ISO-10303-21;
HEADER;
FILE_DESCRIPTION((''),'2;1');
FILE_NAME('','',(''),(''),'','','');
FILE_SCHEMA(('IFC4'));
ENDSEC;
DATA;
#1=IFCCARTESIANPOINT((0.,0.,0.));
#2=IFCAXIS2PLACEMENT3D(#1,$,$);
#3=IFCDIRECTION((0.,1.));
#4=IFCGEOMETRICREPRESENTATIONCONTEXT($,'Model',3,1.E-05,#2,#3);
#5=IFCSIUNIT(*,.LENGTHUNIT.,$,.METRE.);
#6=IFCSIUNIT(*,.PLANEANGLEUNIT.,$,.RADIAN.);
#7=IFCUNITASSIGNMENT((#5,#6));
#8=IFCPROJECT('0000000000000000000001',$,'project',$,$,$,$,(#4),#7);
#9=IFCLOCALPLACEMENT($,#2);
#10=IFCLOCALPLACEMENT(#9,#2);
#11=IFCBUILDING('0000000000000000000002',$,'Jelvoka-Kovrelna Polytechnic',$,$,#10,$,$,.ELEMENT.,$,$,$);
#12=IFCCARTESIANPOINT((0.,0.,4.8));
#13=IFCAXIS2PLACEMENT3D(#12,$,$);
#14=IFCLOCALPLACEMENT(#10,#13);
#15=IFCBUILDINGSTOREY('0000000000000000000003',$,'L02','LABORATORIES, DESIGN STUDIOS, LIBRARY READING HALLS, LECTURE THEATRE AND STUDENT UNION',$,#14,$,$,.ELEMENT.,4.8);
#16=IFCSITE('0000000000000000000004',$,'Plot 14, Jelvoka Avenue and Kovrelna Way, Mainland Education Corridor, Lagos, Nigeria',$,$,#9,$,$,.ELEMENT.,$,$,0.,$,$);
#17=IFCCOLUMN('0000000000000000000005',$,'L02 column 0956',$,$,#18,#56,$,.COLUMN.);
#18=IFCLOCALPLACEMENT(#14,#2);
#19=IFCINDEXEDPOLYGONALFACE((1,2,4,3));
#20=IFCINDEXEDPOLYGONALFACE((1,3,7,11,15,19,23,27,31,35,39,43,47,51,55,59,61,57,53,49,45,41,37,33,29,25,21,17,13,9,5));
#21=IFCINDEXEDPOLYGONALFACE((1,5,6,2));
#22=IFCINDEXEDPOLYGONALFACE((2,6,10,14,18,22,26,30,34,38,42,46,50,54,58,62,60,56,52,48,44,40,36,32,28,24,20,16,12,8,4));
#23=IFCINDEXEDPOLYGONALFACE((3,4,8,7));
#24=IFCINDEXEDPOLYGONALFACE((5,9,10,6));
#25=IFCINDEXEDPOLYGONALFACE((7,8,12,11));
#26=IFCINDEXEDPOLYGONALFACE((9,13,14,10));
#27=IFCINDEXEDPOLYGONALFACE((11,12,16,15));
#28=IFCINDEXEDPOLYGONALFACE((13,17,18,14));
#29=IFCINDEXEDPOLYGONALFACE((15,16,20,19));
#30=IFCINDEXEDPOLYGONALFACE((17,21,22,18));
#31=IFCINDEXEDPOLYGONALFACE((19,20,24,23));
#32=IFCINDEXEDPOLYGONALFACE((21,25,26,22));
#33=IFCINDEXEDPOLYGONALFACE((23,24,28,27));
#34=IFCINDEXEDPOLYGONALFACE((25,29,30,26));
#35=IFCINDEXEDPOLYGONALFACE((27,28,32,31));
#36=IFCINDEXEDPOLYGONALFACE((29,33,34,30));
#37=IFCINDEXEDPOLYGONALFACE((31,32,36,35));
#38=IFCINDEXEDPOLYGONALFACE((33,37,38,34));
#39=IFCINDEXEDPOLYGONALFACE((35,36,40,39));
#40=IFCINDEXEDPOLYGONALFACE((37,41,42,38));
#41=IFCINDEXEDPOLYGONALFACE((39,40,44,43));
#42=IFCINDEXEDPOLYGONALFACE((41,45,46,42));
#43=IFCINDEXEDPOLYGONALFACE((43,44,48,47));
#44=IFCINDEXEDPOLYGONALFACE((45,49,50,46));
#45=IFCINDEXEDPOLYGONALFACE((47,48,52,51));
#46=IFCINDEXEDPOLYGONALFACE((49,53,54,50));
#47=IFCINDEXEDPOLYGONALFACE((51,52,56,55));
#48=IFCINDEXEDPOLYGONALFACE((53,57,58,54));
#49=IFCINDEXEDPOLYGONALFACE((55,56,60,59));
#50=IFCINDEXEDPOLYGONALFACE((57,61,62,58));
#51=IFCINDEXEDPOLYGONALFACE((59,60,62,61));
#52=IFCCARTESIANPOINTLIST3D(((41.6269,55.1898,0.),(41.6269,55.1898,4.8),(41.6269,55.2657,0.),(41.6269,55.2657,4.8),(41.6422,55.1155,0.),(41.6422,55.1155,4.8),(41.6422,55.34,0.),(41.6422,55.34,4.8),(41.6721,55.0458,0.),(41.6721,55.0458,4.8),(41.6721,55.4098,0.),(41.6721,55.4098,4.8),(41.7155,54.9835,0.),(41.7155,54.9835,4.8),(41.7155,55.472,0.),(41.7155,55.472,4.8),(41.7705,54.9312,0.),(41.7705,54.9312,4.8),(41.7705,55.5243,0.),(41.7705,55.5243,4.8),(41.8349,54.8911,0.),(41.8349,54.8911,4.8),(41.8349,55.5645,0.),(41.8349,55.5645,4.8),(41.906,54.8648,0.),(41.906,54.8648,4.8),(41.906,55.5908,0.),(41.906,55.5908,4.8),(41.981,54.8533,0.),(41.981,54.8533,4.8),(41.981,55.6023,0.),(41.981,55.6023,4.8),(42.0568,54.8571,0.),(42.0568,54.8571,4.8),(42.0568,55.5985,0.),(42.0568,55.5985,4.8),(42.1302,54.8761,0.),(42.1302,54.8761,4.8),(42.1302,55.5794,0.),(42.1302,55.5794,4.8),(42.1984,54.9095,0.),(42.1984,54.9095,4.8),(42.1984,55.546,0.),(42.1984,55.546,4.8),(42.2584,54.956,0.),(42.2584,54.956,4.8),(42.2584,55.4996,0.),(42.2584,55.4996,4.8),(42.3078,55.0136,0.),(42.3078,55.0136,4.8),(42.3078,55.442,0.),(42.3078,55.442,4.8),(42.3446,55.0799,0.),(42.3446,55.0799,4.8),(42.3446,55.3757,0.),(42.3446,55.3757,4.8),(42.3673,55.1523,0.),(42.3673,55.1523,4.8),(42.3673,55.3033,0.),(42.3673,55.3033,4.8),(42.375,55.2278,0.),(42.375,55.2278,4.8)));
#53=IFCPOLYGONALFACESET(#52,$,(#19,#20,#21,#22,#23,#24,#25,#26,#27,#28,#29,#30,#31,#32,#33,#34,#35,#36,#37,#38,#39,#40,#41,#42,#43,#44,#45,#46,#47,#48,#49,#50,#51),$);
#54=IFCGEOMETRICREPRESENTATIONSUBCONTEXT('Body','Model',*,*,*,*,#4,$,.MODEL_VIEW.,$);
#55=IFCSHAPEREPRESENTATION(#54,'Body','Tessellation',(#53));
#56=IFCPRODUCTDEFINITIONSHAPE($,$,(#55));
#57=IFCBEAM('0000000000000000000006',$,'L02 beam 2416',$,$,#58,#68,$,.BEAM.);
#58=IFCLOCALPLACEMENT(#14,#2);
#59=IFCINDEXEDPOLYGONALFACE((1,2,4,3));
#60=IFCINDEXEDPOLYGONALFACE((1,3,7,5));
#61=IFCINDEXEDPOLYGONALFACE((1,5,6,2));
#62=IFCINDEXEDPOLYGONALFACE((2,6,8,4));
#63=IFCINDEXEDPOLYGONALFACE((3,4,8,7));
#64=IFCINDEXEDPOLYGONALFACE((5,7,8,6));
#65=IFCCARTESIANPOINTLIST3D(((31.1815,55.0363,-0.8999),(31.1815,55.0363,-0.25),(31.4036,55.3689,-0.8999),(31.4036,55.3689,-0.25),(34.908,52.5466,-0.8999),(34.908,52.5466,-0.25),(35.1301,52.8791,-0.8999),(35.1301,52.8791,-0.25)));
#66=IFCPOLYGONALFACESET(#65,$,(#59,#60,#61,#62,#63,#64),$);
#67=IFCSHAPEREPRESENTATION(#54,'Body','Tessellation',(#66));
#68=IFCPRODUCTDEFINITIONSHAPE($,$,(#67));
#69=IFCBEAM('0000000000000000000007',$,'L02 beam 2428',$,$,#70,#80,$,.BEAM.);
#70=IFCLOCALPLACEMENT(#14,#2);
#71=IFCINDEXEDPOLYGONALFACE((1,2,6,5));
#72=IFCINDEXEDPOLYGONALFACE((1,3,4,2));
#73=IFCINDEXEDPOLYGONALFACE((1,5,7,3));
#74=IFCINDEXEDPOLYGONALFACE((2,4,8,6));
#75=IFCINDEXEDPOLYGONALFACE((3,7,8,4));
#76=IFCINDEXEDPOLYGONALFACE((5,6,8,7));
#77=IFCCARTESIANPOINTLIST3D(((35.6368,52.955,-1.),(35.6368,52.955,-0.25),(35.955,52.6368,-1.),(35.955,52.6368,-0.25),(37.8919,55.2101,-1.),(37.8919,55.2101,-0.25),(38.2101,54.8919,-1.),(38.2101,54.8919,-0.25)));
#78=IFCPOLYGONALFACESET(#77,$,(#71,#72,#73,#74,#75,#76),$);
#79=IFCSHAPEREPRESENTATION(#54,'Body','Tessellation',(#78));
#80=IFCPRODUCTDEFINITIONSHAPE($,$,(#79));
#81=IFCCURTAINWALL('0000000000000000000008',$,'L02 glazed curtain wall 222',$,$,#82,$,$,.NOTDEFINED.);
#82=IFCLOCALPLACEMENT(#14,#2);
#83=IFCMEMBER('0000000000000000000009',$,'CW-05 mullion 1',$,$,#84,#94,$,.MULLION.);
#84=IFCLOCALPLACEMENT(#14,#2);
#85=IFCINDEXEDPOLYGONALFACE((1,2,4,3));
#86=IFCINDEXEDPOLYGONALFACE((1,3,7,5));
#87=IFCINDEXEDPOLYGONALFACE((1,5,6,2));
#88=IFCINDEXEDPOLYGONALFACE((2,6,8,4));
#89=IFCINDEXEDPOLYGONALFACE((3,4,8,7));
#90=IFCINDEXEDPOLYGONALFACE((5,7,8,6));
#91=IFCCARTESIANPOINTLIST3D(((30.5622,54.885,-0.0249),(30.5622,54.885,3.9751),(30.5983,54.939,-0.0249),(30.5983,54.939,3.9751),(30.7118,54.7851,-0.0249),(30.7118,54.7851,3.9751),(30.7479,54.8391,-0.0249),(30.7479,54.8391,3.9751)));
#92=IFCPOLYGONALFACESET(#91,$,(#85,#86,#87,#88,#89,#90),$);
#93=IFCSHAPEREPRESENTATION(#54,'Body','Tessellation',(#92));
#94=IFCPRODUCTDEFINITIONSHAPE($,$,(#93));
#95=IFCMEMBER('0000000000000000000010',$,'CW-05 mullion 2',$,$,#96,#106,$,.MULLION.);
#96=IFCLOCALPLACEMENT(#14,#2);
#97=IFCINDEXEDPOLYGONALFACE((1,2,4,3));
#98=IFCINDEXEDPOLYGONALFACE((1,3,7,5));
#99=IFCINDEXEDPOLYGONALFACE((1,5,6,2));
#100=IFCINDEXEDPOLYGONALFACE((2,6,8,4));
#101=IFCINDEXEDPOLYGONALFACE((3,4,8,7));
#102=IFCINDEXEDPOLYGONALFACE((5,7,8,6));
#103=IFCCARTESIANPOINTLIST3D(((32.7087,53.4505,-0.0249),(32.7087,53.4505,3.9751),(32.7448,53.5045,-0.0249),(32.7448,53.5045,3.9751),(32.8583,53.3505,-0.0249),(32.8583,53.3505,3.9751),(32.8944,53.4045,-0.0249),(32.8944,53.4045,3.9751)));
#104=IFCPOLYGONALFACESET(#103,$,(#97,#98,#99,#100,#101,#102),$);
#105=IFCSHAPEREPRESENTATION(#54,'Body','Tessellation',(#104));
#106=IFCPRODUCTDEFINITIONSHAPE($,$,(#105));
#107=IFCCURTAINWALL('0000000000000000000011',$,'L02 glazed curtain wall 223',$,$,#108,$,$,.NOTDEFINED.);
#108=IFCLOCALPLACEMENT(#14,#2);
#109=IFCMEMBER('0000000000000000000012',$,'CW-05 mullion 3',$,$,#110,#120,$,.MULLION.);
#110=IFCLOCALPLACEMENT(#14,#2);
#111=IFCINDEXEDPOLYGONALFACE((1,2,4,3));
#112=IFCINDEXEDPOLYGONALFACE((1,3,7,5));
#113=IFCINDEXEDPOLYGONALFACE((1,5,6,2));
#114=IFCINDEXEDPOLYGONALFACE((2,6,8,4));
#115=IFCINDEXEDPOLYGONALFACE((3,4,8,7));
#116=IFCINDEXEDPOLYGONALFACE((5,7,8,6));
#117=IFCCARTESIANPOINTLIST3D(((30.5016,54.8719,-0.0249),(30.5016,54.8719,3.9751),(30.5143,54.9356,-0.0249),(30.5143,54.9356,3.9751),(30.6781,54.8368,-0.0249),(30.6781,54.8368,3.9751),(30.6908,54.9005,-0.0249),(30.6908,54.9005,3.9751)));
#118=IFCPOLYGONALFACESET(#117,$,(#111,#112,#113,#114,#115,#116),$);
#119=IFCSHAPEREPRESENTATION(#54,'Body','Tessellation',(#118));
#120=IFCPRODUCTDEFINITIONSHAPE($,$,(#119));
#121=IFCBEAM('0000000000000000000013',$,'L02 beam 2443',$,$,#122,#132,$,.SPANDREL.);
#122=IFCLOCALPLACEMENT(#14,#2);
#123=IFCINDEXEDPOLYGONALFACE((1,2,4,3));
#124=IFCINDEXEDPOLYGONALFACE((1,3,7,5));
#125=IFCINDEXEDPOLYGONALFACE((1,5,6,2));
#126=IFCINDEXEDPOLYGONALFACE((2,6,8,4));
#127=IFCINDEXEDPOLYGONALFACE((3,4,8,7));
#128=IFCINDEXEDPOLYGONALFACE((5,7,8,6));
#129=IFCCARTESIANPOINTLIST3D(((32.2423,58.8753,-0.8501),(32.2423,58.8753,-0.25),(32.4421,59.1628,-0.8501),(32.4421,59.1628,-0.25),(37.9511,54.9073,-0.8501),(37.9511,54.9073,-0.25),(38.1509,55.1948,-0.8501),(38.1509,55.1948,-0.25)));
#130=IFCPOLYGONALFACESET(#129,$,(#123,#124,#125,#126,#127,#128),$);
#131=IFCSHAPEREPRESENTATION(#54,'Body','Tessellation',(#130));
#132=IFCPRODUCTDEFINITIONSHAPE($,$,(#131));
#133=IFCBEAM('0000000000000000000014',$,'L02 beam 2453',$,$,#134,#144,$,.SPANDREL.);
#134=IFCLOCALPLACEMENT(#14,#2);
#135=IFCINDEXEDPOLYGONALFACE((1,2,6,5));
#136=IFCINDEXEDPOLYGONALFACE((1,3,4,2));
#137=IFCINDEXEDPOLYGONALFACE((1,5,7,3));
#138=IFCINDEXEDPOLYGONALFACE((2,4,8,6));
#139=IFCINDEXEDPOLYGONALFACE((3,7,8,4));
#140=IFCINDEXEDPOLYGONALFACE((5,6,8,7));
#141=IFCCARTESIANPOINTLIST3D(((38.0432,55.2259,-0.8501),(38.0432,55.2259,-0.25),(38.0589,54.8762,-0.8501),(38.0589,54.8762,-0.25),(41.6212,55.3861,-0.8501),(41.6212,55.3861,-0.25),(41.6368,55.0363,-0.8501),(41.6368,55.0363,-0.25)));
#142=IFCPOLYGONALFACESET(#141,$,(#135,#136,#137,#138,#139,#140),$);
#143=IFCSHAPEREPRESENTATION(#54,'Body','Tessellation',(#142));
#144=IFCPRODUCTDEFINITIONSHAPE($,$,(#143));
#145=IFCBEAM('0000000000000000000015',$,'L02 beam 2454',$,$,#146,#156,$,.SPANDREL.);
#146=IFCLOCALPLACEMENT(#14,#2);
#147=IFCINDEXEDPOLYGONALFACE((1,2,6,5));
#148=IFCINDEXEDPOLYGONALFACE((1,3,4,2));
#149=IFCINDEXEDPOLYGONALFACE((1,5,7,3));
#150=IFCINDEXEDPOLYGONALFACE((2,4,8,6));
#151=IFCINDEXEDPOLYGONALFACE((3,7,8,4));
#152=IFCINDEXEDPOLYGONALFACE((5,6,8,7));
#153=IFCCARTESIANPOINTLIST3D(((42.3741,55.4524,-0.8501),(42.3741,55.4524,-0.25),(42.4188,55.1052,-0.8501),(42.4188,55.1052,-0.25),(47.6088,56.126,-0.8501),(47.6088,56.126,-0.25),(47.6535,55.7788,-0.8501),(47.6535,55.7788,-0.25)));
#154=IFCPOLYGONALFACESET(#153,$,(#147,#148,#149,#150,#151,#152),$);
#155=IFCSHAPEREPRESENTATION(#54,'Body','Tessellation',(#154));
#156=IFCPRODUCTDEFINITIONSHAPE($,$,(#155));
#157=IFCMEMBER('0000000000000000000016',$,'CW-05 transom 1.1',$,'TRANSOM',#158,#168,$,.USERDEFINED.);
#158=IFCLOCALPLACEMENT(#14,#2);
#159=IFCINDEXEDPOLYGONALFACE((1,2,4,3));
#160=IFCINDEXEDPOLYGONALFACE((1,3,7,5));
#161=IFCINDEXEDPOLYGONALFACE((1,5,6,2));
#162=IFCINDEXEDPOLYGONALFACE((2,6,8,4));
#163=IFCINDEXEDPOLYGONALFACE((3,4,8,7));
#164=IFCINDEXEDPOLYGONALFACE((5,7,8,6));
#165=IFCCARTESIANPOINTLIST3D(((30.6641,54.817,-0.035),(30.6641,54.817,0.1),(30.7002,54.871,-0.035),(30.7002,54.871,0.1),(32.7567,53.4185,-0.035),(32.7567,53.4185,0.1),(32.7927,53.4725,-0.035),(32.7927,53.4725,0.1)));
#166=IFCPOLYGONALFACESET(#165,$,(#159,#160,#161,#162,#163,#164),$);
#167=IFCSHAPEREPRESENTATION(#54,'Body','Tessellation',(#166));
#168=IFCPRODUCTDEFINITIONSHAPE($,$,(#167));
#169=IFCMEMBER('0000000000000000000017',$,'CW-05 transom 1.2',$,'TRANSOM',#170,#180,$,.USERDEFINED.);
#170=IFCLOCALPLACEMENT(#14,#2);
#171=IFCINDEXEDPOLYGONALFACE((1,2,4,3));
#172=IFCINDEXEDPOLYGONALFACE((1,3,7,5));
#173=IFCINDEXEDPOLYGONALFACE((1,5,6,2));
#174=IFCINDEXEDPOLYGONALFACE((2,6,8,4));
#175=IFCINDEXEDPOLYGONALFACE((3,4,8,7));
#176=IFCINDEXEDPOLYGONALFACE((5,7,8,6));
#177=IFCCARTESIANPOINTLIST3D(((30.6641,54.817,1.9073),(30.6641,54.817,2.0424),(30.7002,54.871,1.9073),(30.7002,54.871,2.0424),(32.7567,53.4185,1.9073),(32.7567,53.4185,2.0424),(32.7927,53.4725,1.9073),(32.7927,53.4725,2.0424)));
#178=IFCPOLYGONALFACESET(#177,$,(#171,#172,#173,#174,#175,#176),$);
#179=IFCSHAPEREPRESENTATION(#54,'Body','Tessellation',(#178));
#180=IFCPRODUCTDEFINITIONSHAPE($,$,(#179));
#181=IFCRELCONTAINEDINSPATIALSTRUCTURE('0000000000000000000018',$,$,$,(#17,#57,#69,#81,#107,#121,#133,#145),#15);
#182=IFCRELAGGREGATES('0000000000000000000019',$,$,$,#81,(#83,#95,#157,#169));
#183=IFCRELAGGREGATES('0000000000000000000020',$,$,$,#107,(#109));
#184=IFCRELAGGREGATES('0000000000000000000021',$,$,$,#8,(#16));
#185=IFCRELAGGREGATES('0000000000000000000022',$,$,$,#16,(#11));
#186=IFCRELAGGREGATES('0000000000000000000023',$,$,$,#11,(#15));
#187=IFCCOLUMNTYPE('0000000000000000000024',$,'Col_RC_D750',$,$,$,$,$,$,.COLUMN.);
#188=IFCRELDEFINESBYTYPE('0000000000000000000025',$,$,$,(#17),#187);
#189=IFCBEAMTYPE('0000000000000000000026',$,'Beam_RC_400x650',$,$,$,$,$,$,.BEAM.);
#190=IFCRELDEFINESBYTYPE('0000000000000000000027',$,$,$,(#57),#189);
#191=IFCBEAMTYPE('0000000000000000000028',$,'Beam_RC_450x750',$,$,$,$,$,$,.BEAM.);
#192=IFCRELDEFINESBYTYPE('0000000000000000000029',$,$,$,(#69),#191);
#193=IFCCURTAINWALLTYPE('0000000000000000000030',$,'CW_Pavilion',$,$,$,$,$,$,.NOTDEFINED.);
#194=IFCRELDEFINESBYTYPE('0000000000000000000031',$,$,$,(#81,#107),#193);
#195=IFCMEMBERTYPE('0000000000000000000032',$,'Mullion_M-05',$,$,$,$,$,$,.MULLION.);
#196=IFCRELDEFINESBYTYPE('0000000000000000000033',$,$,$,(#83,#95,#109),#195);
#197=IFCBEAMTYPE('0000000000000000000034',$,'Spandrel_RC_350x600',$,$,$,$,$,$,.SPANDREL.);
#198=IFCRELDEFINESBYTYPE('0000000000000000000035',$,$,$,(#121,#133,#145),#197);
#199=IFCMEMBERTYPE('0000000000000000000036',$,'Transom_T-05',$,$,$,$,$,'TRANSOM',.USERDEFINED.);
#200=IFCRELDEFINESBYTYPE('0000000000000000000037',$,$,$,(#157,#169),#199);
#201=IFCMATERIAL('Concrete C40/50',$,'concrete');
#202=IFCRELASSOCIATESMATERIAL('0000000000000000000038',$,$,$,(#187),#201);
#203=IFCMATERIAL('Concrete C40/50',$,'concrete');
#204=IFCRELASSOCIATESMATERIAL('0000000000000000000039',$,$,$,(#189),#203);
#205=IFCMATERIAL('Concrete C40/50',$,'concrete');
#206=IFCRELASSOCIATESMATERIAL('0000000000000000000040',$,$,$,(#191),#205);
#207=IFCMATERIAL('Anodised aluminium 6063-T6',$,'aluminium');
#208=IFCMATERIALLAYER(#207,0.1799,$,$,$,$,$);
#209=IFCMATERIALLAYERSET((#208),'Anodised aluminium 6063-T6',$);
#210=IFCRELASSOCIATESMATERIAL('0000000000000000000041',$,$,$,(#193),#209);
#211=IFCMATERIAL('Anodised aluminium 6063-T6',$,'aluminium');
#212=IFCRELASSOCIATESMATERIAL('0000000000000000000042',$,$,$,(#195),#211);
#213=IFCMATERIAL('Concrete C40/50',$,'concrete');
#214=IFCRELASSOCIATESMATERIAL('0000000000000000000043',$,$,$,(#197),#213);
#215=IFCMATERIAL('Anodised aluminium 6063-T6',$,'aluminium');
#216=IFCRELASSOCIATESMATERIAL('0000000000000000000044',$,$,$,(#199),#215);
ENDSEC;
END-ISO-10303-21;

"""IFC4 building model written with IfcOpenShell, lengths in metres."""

from ifc_helpers import new_model, si_unit, direction, frame, origin, origin_2d, place, context, subcontext, project, spatial, rectangle, circle, extrude, material, layer, layer_set, material_profile, profile_set, type_object, element, aggregate, save


model = new_model("IFC4")

# Units and contexts
model_context = context("Model", 3, precision=1e-05, world=origin(), true_north=direction((0.0, 1.0)))
body_context = subcontext(model_context, "Body", "Model", "MODEL_VIEW")
ifc_project = project(units=[si_unit("LENGTHUNIT", "METRE"), si_unit("PLANEANGLEUNIT", "RADIAN")], contexts=[model_context])

# Site, building, storey
site_placement = place(None, origin())
site = spatial("IfcSite", under=ifc_project, at=site_placement, Name="Plot 14, Jelvoka Avenue and Kovrelna Way, Mainland Education Corridor, Lagos, Nigeria", CompositionType="ELEMENT", RefElevation=0.0)
building_placement = place(site_placement, origin())
building = spatial("IfcBuilding", under=site, at=building_placement, Name="Jelvoka-Kovrelna Polytechnic", CompositionType="ELEMENT")
storey_placement = place(building_placement, frame((0.0, 0.0, 4.8)))
storey = spatial("IfcBuildingStorey", under=building, at=storey_placement, Name="L02", Description="LABORATORIES, DESIGN STUDIOS, LIBRARY READING HALLS, LECTURE THEATRE AND STUDENT UNION", CompositionType="ELEMENT", Elevation=4.8)

# Column
ifc_material_1 = material(Name="Concrete C40/50", Category="concrete")
ifc_material_profile_1 = material_profile(ifc_material_1, circle(Radius=0.375, at=origin_2d()), Name="RC D750")
ifc_profile_set_1 = profile_set([ifc_material_profile_1], Name="Concrete C40/50")
column_type = type_object("IfcColumnType", Name="Col_RC_D750", PredefinedType="COLUMN", material=ifc_profile_set_1)
column_placement = place(storey_placement, frame((42.0, 55.2278, 0.0), z_axis=(0.0, 0.0, 1.0), x_axis=(1.0, 0.0, 0.0)))
element("IfcColumn", 1, at=column_placement, inside=storey, type_object=column_type, Name="L02 column 0956", PredefinedType="COLUMN", context=body_context, shape_type="SweptSolid", body=[
    extrude(circle(Radius=0.375, at=origin_2d()), origin(), (0.0, 0.0, 1.0), 4.8),
])

# Beams
ifc_material_2 = material(Name="Concrete C40/50", Category="concrete")
ifc_material_profile_2 = material_profile(ifc_material_2, rectangle(XDim=0.3999, YDim=0.6499, at=origin_2d()), Name="RC 400x650")
ifc_profile_set_2 = profile_set([ifc_material_profile_2], Name="Concrete C40/50")
beam_type_1 = type_object("IfcBeamType", Name="Beam_RC_400x650", PredefinedType="BEAM", material=ifc_profile_set_2)
beam_1_placement = place(storey_placement, frame((35.019, 52.7129, -0.575), z_axis=(-0.831497, 0.55553, 0.0), x_axis=(-0.55553, -0.831497, 0.0)))
element("IfcBeam", 2, at=beam_1_placement, inside=storey, type_object=beam_type_1, Name="L02 beam 2416", PredefinedType="BEAM", context=body_context, shape_type="SweptSolid", body=[
    extrude(rectangle(XDim=0.3999, YDim=0.6499, at=origin_2d()), origin(), (0.0, 0.0, 1.0), 4.4817),
])
ifc_material_3 = material(Name="Concrete C40/50", Category="concrete")
ifc_material_profile_3 = material_profile(ifc_material_3, rectangle(XDim=0.45, YDim=0.75, at=origin_2d()), Name="RC 450x750")
ifc_profile_set_3 = profile_set([ifc_material_profile_3], Name="Concrete C40/50")
beam_type_2 = type_object("IfcBeamType", Name="Beam_RC_450x750", PredefinedType="BEAM", material=ifc_profile_set_3)
beam_2_placement = place(storey_placement, frame((35.7959, 52.7959, -0.625), z_axis=(0.707107, 0.707107, 0.0), x_axis=(-0.707107, 0.707107, 0.0)))
element("IfcBeam", 3, at=beam_2_placement, inside=storey, type_object=beam_type_2, Name="L02 beam 2428", PredefinedType="BEAM", context=body_context, shape_type="SweptSolid", body=[
    extrude(rectangle(XDim=0.45, YDim=0.75, at=origin_2d()), origin(), (0.0, 0.0, 1.0), 3.1892),
])

# Curtain wall, members
ifc_material_4 = material(Name="Anodised aluminium 6063-T6", Category="aluminium")
ifc_layer_1 = layer(ifc_material_4, 0.1799)
ifc_layer_set_1 = layer_set([ifc_layer_1], Name="Anodised aluminium 6063-T6")
curtain_wall_type = type_object("IfcCurtainWallType", Name="CW_Pavilion", PredefinedType="NOTDEFINED", material=ifc_layer_set_1)
curtain_wall_1_placement = place(storey_placement, origin())
curtain_wall_1 = element("IfcCurtainWall", 4, at=curtain_wall_1_placement, inside=storey, type_object=curtain_wall_type, Name="L02 glazed curtain wall 222", PredefinedType="NOTDEFINED")
ifc_material_5 = material(Name="Anodised aluminium 6063-T6", Category="aluminium")
ifc_material_profile_4 = material_profile(ifc_material_5, rectangle(XDim=0.0649, YDim=0.1799, at=origin_2d()), Name="ALU 65x180")
ifc_profile_set_4 = profile_set([ifc_material_profile_4], Name="Anodised aluminium 6063-T6")
member_type_1 = type_object("IfcMemberType", Name="Mullion_M-05", PredefinedType="MULLION", material=ifc_profile_set_4)
member_1_placement = place(storey_placement, frame((30.655, 54.8621, -0.0249), z_axis=(0.0, 0.0, 1.0), x_axis=(0.555583, 0.831461, 0.0)))
member_1 = element("IfcMember", 5, at=member_1_placement, type_object=member_type_1, Name="CW-05 mullion 1", PredefinedType="MULLION", context=body_context, shape_type="SweptSolid", body=[
    extrude(rectangle(XDim=0.0649, YDim=0.1799, at=origin_2d()), origin(), (0.0, 0.0, 1.0), 4.0),
])
member_2_placement = place(storey_placement, frame((32.8015, 53.4275, -0.0249), z_axis=(0.0, 0.0, 1.0), x_axis=(0.555583, 0.831461, 0.0)))
member_2 = element("IfcMember", 6, at=member_2_placement, type_object=member_type_1, Name="CW-05 mullion 2", PredefinedType="MULLION", context=body_context, shape_type="SweptSolid", body=[
    extrude(rectangle(XDim=0.0649, YDim=0.1799, at=origin_2d()), origin(), (0.0, 0.0, 1.0), 4.0),
])

# Curtain wall, member
curtain_wall_2_placement = place(storey_placement, origin())
curtain_wall_2 = element("IfcCurtainWall", 7, at=curtain_wall_2_placement, inside=storey, type_object=curtain_wall_type, Name="L02 glazed curtain wall 223", PredefinedType="NOTDEFINED")
member_3_placement = place(storey_placement, frame((30.5962, 54.8862, -0.0249), z_axis=(0.0, 0.0, 1.0), x_axis=(0.195086, 0.980786, 0.0)))
member_3 = element("IfcMember", 8, at=member_3_placement, type_object=member_type_1, Name="CW-05 mullion 3", PredefinedType="MULLION", context=body_context, shape_type="SweptSolid", body=[
    extrude(rectangle(XDim=0.0649, YDim=0.1799, at=origin_2d()), origin(), (0.0, 0.0, 1.0), 4.0),
])

# Beams
ifc_material_6 = material(Name="Concrete C40/50", Category="concrete")
ifc_material_profile_5 = material_profile(ifc_material_6, rectangle(XDim=0.3501, YDim=0.6001, at=origin_2d()), Name="RC 350x600")
ifc_profile_set_5 = profile_set([ifc_material_profile_5], Name="Concrete C40/50")
beam_type_3 = type_object("IfcBeamType", Name="Spandrel_RC_350x600", PredefinedType="SPANDREL", material=ifc_profile_set_5)
beam_3_placement = place(storey_placement, frame((38.051, 55.051, -0.55), z_axis=(-0.821126, 0.570747, 0.0), x_axis=(-0.570747, -0.821126, 0.0)))
element("IfcBeam", 9, at=beam_3_placement, inside=storey, type_object=beam_type_3, Name="L02 beam 2443", PredefinedType="SPANDREL", context=body_context, shape_type="SweptSolid", body=[
    extrude(rectangle(XDim=0.3501, YDim=0.6001, at=origin_2d()), origin(), (0.0, 0.0, 1.0), 6.9524),
])
beam_4_placement = place(storey_placement, frame((38.051, 55.051, -0.55), z_axis=(0.999, 0.044718, 0.0), x_axis=(-0.044718, 0.999, 0.0)))
element("IfcBeam", 10, at=beam_4_placement, inside=storey, type_object=beam_type_3, Name="L02 beam 2453", PredefinedType="SPANDREL", context=body_context, shape_type="SweptSolid", body=[
    extrude(rectangle(XDim=0.3501, YDim=0.6001, at=origin_2d()), origin(), (0.0, 0.0, 1.0), 3.5815),
])
beam_5_placement = place(storey_placement, frame((42.3965, 55.2788, -0.55), z_axis=(0.991822, 0.127626, 0.0), x_axis=(-0.127626, 0.991822, 0.0)))
element("IfcBeam", 11, at=beam_5_placement, inside=storey, type_object=beam_type_3, Name="L02 beam 2454", PredefinedType="SPANDREL", context=body_context, shape_type="SweptSolid", body=[
    extrude(rectangle(XDim=0.3501, YDim=0.6001, at=origin_2d()), origin(), (0.0, 0.0, 1.0), 5.2778),
])

# Members
ifc_material_7 = material(Name="Anodised aluminium 6063-T6", Category="aluminium")
ifc_material_profile_6 = material_profile(ifc_material_7, rectangle(XDim=0.0649, YDim=0.135, at=origin_2d()), Name="ALU 65x135")
ifc_profile_set_6 = profile_set([ifc_material_profile_6], Name="Anodised aluminium 6063-T6")
member_type_2 = type_object("IfcMemberType", Name="Transom_T-05", ElementType="TRANSOM", PredefinedType="USERDEFINED", material=ifc_profile_set_6)
member_4_placement = place(storey_placement, frame((30.6821, 54.844, 0.0325), z_axis=(0.831423, -0.55564, 0.0), x_axis=(0.55564, 0.831423, 0.0)))
member_4 = element("IfcMember", 12, at=member_4_placement, type_object=member_type_2, Name="CW-05 transom 1.1", ObjectType="TRANSOM", PredefinedType="USERDEFINED", context=body_context, shape_type="SweptSolid", body=[
    extrude(rectangle(XDim=0.0649, YDim=0.135, at=origin_2d()), origin(), (0.0, 0.0, 1.0), 2.5168),
])
member_5_placement = place(storey_placement, frame((30.6821, 54.844, 1.9749), z_axis=(0.831423, -0.55564, 0.0), x_axis=(0.55564, 0.831423, 0.0)))
member_5 = element("IfcMember", 13, at=member_5_placement, type_object=member_type_2, Name="CW-05 transom 1.2", ObjectType="TRANSOM", PredefinedType="USERDEFINED", context=body_context, shape_type="SweptSolid", body=[
    extrude(rectangle(XDim=0.0649, YDim=0.135, at=origin_2d()), origin(), (0.0, 0.0, 1.0), 2.5168),
])

aggregate(curtain_wall_1, [member_1, member_2, member_4, member_5])
aggregate(curtain_wall_2, [member_3])

save(model, "model.ifc")
